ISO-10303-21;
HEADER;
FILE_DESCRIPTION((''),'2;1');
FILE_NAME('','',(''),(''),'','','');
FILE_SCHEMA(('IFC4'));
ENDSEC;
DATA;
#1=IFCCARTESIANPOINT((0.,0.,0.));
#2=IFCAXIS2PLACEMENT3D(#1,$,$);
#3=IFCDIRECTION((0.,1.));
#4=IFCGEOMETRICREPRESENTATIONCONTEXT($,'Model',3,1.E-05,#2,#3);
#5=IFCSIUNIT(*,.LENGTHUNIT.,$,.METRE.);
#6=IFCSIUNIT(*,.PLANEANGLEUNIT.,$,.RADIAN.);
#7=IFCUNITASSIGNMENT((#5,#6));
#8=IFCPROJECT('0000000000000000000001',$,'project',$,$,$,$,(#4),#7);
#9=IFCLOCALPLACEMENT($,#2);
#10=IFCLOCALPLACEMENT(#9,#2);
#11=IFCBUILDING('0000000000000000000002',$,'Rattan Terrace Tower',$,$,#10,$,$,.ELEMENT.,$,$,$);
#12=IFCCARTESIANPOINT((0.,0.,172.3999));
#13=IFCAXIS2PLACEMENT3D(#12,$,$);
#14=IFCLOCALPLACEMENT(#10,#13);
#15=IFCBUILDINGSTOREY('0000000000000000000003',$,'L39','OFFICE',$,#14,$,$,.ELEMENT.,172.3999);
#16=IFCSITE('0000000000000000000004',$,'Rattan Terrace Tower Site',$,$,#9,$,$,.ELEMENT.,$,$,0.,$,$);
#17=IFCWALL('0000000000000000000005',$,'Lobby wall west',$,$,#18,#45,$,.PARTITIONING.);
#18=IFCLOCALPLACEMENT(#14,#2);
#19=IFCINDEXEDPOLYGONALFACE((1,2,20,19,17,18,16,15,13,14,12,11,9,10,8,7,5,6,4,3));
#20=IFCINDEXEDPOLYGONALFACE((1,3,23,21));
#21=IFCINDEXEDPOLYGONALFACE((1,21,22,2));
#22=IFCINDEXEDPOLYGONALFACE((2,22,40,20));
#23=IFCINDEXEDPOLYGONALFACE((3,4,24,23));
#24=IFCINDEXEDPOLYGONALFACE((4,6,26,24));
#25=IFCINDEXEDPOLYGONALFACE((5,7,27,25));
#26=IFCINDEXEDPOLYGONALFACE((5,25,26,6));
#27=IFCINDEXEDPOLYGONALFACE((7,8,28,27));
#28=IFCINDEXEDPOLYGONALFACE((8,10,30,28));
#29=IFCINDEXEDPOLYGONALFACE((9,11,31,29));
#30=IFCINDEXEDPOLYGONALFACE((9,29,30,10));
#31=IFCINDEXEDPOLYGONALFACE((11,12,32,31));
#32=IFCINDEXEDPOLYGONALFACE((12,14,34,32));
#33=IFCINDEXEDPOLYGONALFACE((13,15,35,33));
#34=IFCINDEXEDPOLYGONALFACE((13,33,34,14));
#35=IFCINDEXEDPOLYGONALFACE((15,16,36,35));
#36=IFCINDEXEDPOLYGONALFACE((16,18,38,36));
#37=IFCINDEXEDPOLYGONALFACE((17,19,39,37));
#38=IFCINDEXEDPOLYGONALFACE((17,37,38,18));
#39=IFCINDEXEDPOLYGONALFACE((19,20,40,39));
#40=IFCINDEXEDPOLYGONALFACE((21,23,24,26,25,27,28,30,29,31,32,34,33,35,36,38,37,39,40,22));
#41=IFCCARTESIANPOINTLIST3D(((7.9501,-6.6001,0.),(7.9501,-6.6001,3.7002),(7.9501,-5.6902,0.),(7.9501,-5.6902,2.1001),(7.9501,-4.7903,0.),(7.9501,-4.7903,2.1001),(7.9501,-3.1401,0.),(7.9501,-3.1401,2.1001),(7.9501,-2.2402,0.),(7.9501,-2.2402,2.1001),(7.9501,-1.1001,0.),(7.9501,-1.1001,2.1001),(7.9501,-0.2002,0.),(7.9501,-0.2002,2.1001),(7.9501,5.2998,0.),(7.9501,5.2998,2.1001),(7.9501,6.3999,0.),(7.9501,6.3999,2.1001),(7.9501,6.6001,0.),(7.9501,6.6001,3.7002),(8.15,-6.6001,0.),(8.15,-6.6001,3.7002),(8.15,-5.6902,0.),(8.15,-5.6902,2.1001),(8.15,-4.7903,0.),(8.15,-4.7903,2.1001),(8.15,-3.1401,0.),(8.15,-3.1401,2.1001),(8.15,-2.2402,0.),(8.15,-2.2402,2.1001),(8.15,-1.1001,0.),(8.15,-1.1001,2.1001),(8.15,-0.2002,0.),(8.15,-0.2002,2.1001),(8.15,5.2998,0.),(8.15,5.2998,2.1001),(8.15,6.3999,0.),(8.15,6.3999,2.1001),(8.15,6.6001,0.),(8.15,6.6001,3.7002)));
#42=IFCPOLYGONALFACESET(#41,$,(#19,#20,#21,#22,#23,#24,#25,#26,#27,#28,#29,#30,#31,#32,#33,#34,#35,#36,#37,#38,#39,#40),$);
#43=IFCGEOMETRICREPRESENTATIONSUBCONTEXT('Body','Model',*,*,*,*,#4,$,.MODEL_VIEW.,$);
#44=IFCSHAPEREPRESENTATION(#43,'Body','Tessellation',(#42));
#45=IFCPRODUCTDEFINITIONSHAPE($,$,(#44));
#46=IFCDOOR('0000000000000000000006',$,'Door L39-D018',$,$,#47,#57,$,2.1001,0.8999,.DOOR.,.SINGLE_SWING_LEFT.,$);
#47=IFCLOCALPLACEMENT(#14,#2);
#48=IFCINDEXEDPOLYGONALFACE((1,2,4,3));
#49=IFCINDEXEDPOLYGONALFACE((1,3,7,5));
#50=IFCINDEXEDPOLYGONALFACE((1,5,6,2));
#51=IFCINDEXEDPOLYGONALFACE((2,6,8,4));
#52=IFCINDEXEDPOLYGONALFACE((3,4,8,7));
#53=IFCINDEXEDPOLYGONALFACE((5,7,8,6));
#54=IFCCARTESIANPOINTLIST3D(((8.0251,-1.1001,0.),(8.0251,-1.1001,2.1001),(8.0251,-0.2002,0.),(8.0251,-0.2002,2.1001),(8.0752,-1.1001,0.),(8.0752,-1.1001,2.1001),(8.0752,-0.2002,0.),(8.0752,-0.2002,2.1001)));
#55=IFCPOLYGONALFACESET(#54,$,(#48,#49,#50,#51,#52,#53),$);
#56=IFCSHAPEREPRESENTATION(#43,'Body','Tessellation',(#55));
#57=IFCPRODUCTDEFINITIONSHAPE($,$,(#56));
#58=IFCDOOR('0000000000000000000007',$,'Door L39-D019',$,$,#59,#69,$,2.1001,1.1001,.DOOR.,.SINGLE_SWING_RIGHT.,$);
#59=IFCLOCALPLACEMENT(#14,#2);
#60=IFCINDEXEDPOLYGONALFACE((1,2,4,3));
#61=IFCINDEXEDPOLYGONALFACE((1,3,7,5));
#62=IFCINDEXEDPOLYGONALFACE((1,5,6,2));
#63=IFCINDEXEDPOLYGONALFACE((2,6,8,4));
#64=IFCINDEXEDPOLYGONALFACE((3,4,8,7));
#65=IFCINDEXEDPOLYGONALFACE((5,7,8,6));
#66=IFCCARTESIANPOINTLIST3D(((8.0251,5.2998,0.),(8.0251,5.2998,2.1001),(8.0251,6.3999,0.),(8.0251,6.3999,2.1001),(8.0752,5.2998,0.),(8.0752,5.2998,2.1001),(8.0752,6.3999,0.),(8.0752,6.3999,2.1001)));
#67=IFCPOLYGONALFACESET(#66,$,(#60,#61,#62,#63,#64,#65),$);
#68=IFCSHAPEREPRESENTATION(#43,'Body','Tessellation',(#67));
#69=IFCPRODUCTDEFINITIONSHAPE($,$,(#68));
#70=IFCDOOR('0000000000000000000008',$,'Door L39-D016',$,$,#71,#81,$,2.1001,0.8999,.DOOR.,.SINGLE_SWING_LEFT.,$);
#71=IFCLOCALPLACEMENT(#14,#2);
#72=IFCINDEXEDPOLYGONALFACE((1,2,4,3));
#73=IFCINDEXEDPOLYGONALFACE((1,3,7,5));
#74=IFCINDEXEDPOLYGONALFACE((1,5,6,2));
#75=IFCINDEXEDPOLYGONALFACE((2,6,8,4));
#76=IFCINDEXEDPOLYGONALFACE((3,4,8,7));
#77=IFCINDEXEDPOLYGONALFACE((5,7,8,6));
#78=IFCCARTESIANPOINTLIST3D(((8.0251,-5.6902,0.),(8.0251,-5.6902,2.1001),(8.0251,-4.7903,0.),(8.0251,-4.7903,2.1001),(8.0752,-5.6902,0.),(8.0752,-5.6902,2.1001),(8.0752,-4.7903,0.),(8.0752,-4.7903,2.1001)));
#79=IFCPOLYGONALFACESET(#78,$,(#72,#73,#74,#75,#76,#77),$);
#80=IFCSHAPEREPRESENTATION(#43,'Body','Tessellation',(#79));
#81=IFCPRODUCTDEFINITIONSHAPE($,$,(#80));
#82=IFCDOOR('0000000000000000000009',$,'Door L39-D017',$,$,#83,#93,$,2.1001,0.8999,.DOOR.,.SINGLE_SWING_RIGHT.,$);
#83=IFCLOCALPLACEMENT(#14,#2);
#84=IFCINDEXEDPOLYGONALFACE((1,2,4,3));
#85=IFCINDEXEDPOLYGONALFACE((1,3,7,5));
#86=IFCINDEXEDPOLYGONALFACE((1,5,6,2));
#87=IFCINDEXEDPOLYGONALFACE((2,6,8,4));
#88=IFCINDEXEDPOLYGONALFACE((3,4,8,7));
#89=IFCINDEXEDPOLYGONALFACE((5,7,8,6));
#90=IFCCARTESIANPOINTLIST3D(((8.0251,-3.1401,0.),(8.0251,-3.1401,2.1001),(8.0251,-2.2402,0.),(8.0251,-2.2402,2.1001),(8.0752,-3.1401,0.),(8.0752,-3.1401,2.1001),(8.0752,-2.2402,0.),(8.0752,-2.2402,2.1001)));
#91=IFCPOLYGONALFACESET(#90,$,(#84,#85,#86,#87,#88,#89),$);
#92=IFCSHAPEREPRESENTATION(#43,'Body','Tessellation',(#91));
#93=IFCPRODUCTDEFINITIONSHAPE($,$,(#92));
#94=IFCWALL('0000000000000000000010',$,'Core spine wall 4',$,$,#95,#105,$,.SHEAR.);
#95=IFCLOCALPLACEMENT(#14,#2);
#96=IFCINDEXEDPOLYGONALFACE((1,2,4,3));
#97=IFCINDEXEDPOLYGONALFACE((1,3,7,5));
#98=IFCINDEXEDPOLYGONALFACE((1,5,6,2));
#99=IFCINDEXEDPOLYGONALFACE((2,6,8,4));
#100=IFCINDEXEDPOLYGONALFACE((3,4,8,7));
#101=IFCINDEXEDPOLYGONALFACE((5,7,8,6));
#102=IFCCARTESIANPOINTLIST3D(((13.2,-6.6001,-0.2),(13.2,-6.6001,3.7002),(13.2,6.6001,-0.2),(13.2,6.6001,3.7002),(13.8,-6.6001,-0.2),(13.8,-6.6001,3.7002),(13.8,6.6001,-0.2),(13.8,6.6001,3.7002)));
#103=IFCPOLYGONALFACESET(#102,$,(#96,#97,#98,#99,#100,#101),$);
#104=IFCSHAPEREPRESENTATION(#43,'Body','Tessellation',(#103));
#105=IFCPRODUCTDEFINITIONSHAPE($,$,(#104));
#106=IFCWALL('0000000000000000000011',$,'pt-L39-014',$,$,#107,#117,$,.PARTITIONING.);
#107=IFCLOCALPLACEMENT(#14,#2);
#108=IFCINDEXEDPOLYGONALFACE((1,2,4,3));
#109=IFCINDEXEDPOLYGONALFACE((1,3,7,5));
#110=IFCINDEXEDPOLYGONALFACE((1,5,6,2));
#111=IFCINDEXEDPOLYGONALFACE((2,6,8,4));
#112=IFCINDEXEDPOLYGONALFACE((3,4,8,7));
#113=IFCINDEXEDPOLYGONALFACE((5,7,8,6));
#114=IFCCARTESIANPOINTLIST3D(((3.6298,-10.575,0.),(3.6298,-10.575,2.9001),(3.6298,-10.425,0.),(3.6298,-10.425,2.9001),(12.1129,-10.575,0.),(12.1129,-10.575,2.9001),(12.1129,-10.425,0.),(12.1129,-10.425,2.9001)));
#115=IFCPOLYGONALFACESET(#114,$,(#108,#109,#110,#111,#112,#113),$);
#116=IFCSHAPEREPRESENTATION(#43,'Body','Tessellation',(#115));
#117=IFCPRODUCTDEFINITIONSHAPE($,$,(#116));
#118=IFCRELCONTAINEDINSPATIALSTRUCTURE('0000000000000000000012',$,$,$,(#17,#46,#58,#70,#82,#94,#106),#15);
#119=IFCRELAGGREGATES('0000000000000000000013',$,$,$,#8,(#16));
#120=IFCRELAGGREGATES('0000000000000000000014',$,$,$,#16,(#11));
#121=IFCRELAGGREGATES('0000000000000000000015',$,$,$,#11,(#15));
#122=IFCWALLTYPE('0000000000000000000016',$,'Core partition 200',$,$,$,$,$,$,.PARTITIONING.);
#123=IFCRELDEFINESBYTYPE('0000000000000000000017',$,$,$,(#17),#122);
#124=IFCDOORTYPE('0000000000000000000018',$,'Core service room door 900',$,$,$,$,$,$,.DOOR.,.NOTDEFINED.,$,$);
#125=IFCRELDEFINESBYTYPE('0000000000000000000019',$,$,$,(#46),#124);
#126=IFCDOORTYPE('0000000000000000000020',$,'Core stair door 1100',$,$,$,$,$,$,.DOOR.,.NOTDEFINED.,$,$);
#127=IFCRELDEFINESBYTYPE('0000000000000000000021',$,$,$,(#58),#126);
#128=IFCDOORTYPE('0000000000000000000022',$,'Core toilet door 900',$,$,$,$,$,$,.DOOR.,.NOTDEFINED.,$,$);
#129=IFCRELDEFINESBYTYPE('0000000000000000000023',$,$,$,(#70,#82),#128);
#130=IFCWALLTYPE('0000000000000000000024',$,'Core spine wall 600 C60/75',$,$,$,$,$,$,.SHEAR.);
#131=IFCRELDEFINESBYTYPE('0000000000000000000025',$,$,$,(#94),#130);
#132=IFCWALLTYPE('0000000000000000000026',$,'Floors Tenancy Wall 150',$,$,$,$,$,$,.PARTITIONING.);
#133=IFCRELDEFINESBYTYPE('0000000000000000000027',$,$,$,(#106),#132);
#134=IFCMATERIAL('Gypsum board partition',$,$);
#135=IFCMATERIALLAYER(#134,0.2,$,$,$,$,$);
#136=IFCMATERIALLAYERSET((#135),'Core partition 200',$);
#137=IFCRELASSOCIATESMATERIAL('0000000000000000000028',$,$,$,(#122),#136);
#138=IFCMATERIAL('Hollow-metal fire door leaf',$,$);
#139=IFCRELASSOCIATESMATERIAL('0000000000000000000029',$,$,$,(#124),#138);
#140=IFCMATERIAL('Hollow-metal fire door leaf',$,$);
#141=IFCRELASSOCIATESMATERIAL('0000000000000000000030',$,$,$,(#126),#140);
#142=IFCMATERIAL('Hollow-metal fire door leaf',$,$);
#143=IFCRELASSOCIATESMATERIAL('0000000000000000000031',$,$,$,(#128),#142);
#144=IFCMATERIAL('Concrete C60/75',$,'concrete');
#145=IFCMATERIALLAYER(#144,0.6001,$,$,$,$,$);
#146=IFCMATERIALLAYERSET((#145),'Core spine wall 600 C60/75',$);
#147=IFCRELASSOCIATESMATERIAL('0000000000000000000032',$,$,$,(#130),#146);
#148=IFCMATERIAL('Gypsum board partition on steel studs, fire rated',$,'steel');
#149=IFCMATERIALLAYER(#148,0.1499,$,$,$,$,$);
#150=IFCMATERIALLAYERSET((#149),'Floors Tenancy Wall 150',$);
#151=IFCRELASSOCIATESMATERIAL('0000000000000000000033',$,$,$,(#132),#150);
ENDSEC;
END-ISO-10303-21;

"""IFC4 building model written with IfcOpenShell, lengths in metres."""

from ifc_helpers import new_model, si_unit, direction, frame, frame_2d, origin, place, context, subcontext, project, spatial, rectangle, extrude, material, layer, layer_set, type_object, element, fill, save


model = new_model("IFC4")

# Units and contexts
model_context = context("Model", 3, precision=1e-05, world=origin(), true_north=direction((0.0, 1.0)))
body_context = subcontext(model_context, "Body", "Model", "MODEL_VIEW")
ifc_project = project(units=[si_unit("LENGTHUNIT", "METRE"), si_unit("PLANEANGLEUNIT", "RADIAN")], contexts=[model_context])

# Site, building, storey
site_placement = place(None, origin())
site = spatial("IfcSite", under=ifc_project, at=site_placement, Name="Rattan Terrace Tower Site", CompositionType="ELEMENT", RefElevation=0.0)
building_placement = place(site_placement, origin())
building = spatial("IfcBuilding", under=site, at=building_placement, Name="Rattan Terrace Tower", CompositionType="ELEMENT")
storey_placement = place(building_placement, frame((0.0, 0.0, 172.3999)))
storey = spatial("IfcBuildingStorey", under=building, at=storey_placement, Name="L39", Description="OFFICE", CompositionType="ELEMENT", Elevation=172.3999)

# Shared definitions
ifc_material_1 = material(Name="Gypsum board partition")
ifc_layer_1 = layer(ifc_material_1, 0.2)
ifc_layer_set_1 = layer_set([ifc_layer_1], Name="Core partition 200")
wall_type_1 = type_object("IfcWallType", Name="Core partition 200", PredefinedType="PARTITIONING", material=ifc_layer_set_1)

# Wall, openings, doors
wall_1_placement = place(storey_placement, frame((8.05, -6.6001, 0.0), z_axis=(0.0, 0.0, 1.0), x_axis=(0.0, 1.0, 0.0)))
wall_1 = element("IfcWall", 1, at=wall_1_placement, inside=storey, type_object=wall_type_1, Name="Lobby wall west", PredefinedType="PARTITIONING", context=body_context, shape_type="SweptSolid", body=[
    extrude(rectangle(XDim=13.2002, YDim=0.2, at=frame_2d((6.6001, 0.0))), origin(), (0.0, 0.0, 1.0), 3.7002),
])
opening_1_placement = place(wall_1_placement, frame((0.9099, 0.0, 0.0)))
opening_1 = element("IfcOpeningElement", 2, at=opening_1_placement, cuts=wall_1, PredefinedType="OPENING", context=body_context, shape_type="SweptSolid", body=[
    extrude(rectangle(XDim=0.8999, YDim=2.1001, at=frame_2d((0.45, 1.05))), frame((0.0, 0.1106, 0.0), z_axis=(0.0, -1.0, 0.0), x_axis=(1.0, 0.0, 0.0)), (0.0, 0.0, 1.0), 0.2209),
])
opening_2_placement = place(wall_1_placement, frame((3.46, 0.0, 0.0)))
opening_2 = element("IfcOpeningElement", 3, at=opening_2_placement, cuts=wall_1, PredefinedType="OPENING", context=body_context, shape_type="SweptSolid", body=[
    extrude(rectangle(XDim=0.8999, YDim=2.1001, at=frame_2d((0.45, 1.05))), frame((0.0, 0.1106, 0.0), z_axis=(0.0, -1.0, 0.0), x_axis=(1.0, 0.0, 0.0)), (0.0, 0.0, 1.0), 0.2209),
])
opening_3_placement = place(wall_1_placement, frame((5.5, 0.0, 0.0)))
opening_3 = element("IfcOpeningElement", 4, at=opening_3_placement, cuts=wall_1, PredefinedType="OPENING", context=body_context, shape_type="SweptSolid", body=[
    extrude(rectangle(XDim=0.8999, YDim=2.1001, at=frame_2d((0.45, 1.05))), frame((0.0, 0.1106, 0.0), z_axis=(0.0, -1.0, 0.0), x_axis=(1.0, 0.0, 0.0)), (0.0, 0.0, 1.0), 0.2209),
])
opening_4_placement = place(wall_1_placement, frame((11.8999, 0.0, 0.0)))
opening_4 = element("IfcOpeningElement", 5, at=opening_4_placement, cuts=wall_1, PredefinedType="OPENING", context=body_context, shape_type="SweptSolid", body=[
    extrude(rectangle(XDim=1.1001, YDim=2.1001, at=frame_2d((0.55, 1.05))), frame((0.0, 0.1106, 0.0), z_axis=(0.0, -1.0, 0.0), x_axis=(1.0, 0.0, 0.0)), (0.0, 0.0, 1.0), 0.2209),
])
ifc_material_2 = material(Name="Hollow-metal fire door leaf")
door_type_1 = type_object("IfcDoorType", Name="Core service room door 900", OperationType="NOTDEFINED", PredefinedType="DOOR", material=ifc_material_2)
door_1_placement = place(opening_3_placement, origin())
door_1 = element("IfcDoor", 6, at=door_1_placement, inside=storey, type_object=door_type_1, Name="Door L39-D018", OperationType="SINGLE_SWING_LEFT", OverallHeight=2.1001, OverallWidth=0.8999, PredefinedType="DOOR", context=body_context, shape_type="SweptSolid", body=[
    extrude(rectangle(XDim=0.8999, YDim=2.1001, at=frame_2d((0.45, 1.05))), frame((0.0, 0.0249, 0.0), z_axis=(0.0, -1.0, 0.0), x_axis=(1.0, 0.0, 0.0)), (0.0, 0.0, 1.0), 0.05),
])
fill(opening_3, door_1)
ifc_material_3 = material(Name="Hollow-metal fire door leaf")
door_type_2 = type_object("IfcDoorType", Name="Core stair door 1100", OperationType="NOTDEFINED", PredefinedType="DOOR", material=ifc_material_3)
door_2_placement = place(opening_4_placement, origin())
door_2 = element("IfcDoor", 7, at=door_2_placement, inside=storey, type_object=door_type_2, Name="Door L39-D019", OperationType="SINGLE_SWING_RIGHT", OverallHeight=2.1001, OverallWidth=1.1001, PredefinedType="DOOR", context=body_context, shape_type="SweptSolid", body=[
    extrude(rectangle(XDim=1.1001, YDim=2.1001, at=frame_2d((0.55, 1.05))), frame((0.0, 0.0249, 0.0), z_axis=(0.0, -1.0, 0.0), x_axis=(1.0, 0.0, 0.0)), (0.0, 0.0, 1.0), 0.05),
])
fill(opening_4, door_2)
ifc_material_4 = material(Name="Hollow-metal fire door leaf")
door_type_3 = type_object("IfcDoorType", Name="Core toilet door 900", OperationType="NOTDEFINED", PredefinedType="DOOR", material=ifc_material_4)
door_3_placement = place(opening_1_placement, origin())
door_3 = element("IfcDoor", 8, at=door_3_placement, inside=storey, type_object=door_type_3, Name="Door L39-D016", OperationType="SINGLE_SWING_LEFT", OverallHeight=2.1001, OverallWidth=0.8999, PredefinedType="DOOR", context=body_context, shape_type="SweptSolid", body=[
    extrude(rectangle(XDim=0.8999, YDim=2.1001, at=frame_2d((0.45, 1.05))), frame((0.0, 0.0249, 0.0), z_axis=(0.0, -1.0, 0.0), x_axis=(1.0, 0.0, 0.0)), (0.0, 0.0, 1.0), 0.05),
])
fill(opening_1, door_3)
door_4_placement = place(opening_2_placement, origin())
door_4 = element("IfcDoor", 9, at=door_4_placement, inside=storey, type_object=door_type_3, Name="Door L39-D017", OperationType="SINGLE_SWING_RIGHT", OverallHeight=2.1001, OverallWidth=0.8999, PredefinedType="DOOR", context=body_context, shape_type="SweptSolid", body=[
    extrude(rectangle(XDim=0.8999, YDim=2.1001, at=frame_2d((0.45, 1.05))), frame((0.0, 0.0249, 0.0), z_axis=(0.0, -1.0, 0.0), x_axis=(1.0, 0.0, 0.0)), (0.0, 0.0, 1.0), 0.05),
])
fill(opening_2, door_4)

# Walls
ifc_material_5 = material(Name="Concrete C60/75", Category="concrete")
ifc_layer_2 = layer(ifc_material_5, 0.6001)
ifc_layer_set_2 = layer_set([ifc_layer_2], Name="Core spine wall 600 C60/75")
wall_type_2 = type_object("IfcWallType", Name="Core spine wall 600 C60/75", PredefinedType="SHEAR", material=ifc_layer_set_2)
wall_2_placement = place(storey_placement, frame((13.5, -6.6001, -0.2), z_axis=(0.0, 0.0, 1.0), x_axis=(0.0, 1.0, 0.0)))
element("IfcWall", 10, at=wall_2_placement, inside=storey, type_object=wall_type_2, Name="Core spine wall 4", PredefinedType="SHEAR", context=body_context, shape_type="SweptSolid", body=[
    extrude(rectangle(XDim=13.2002, YDim=0.6001, at=frame_2d((6.6001, 0.0))), origin(), (0.0, 0.0, 1.0), 3.9001),
])
ifc_material_6 = material(Name="Gypsum board partition on steel studs, fire rated", Category="steel")
ifc_layer_3 = layer(ifc_material_6, 0.1499)
ifc_layer_set_3 = layer_set([ifc_layer_3], Name="Floors Tenancy Wall 150")
wall_type_3 = type_object("IfcWallType", Name="Floors Tenancy Wall 150", PredefinedType="PARTITIONING", material=ifc_layer_set_3)
wall_3_placement = place(storey_placement, frame((12.113, -10.5, 0.0), z_axis=(0.0, 0.0, 1.0), x_axis=(-1.0, 0.0, 0.0)))
element("IfcWall", 11, at=wall_3_placement, inside=storey, type_object=wall_type_3, Name="pt-L39-014", PredefinedType="PARTITIONING", context=body_context, shape_type="SweptSolid", body=[
    extrude(rectangle(XDim=8.4832, YDim=0.1499, at=frame_2d((4.2417, 0.0))), origin(), (0.0, 0.0, 1.0), 2.9001),
])

save(model, "model.ifc")
